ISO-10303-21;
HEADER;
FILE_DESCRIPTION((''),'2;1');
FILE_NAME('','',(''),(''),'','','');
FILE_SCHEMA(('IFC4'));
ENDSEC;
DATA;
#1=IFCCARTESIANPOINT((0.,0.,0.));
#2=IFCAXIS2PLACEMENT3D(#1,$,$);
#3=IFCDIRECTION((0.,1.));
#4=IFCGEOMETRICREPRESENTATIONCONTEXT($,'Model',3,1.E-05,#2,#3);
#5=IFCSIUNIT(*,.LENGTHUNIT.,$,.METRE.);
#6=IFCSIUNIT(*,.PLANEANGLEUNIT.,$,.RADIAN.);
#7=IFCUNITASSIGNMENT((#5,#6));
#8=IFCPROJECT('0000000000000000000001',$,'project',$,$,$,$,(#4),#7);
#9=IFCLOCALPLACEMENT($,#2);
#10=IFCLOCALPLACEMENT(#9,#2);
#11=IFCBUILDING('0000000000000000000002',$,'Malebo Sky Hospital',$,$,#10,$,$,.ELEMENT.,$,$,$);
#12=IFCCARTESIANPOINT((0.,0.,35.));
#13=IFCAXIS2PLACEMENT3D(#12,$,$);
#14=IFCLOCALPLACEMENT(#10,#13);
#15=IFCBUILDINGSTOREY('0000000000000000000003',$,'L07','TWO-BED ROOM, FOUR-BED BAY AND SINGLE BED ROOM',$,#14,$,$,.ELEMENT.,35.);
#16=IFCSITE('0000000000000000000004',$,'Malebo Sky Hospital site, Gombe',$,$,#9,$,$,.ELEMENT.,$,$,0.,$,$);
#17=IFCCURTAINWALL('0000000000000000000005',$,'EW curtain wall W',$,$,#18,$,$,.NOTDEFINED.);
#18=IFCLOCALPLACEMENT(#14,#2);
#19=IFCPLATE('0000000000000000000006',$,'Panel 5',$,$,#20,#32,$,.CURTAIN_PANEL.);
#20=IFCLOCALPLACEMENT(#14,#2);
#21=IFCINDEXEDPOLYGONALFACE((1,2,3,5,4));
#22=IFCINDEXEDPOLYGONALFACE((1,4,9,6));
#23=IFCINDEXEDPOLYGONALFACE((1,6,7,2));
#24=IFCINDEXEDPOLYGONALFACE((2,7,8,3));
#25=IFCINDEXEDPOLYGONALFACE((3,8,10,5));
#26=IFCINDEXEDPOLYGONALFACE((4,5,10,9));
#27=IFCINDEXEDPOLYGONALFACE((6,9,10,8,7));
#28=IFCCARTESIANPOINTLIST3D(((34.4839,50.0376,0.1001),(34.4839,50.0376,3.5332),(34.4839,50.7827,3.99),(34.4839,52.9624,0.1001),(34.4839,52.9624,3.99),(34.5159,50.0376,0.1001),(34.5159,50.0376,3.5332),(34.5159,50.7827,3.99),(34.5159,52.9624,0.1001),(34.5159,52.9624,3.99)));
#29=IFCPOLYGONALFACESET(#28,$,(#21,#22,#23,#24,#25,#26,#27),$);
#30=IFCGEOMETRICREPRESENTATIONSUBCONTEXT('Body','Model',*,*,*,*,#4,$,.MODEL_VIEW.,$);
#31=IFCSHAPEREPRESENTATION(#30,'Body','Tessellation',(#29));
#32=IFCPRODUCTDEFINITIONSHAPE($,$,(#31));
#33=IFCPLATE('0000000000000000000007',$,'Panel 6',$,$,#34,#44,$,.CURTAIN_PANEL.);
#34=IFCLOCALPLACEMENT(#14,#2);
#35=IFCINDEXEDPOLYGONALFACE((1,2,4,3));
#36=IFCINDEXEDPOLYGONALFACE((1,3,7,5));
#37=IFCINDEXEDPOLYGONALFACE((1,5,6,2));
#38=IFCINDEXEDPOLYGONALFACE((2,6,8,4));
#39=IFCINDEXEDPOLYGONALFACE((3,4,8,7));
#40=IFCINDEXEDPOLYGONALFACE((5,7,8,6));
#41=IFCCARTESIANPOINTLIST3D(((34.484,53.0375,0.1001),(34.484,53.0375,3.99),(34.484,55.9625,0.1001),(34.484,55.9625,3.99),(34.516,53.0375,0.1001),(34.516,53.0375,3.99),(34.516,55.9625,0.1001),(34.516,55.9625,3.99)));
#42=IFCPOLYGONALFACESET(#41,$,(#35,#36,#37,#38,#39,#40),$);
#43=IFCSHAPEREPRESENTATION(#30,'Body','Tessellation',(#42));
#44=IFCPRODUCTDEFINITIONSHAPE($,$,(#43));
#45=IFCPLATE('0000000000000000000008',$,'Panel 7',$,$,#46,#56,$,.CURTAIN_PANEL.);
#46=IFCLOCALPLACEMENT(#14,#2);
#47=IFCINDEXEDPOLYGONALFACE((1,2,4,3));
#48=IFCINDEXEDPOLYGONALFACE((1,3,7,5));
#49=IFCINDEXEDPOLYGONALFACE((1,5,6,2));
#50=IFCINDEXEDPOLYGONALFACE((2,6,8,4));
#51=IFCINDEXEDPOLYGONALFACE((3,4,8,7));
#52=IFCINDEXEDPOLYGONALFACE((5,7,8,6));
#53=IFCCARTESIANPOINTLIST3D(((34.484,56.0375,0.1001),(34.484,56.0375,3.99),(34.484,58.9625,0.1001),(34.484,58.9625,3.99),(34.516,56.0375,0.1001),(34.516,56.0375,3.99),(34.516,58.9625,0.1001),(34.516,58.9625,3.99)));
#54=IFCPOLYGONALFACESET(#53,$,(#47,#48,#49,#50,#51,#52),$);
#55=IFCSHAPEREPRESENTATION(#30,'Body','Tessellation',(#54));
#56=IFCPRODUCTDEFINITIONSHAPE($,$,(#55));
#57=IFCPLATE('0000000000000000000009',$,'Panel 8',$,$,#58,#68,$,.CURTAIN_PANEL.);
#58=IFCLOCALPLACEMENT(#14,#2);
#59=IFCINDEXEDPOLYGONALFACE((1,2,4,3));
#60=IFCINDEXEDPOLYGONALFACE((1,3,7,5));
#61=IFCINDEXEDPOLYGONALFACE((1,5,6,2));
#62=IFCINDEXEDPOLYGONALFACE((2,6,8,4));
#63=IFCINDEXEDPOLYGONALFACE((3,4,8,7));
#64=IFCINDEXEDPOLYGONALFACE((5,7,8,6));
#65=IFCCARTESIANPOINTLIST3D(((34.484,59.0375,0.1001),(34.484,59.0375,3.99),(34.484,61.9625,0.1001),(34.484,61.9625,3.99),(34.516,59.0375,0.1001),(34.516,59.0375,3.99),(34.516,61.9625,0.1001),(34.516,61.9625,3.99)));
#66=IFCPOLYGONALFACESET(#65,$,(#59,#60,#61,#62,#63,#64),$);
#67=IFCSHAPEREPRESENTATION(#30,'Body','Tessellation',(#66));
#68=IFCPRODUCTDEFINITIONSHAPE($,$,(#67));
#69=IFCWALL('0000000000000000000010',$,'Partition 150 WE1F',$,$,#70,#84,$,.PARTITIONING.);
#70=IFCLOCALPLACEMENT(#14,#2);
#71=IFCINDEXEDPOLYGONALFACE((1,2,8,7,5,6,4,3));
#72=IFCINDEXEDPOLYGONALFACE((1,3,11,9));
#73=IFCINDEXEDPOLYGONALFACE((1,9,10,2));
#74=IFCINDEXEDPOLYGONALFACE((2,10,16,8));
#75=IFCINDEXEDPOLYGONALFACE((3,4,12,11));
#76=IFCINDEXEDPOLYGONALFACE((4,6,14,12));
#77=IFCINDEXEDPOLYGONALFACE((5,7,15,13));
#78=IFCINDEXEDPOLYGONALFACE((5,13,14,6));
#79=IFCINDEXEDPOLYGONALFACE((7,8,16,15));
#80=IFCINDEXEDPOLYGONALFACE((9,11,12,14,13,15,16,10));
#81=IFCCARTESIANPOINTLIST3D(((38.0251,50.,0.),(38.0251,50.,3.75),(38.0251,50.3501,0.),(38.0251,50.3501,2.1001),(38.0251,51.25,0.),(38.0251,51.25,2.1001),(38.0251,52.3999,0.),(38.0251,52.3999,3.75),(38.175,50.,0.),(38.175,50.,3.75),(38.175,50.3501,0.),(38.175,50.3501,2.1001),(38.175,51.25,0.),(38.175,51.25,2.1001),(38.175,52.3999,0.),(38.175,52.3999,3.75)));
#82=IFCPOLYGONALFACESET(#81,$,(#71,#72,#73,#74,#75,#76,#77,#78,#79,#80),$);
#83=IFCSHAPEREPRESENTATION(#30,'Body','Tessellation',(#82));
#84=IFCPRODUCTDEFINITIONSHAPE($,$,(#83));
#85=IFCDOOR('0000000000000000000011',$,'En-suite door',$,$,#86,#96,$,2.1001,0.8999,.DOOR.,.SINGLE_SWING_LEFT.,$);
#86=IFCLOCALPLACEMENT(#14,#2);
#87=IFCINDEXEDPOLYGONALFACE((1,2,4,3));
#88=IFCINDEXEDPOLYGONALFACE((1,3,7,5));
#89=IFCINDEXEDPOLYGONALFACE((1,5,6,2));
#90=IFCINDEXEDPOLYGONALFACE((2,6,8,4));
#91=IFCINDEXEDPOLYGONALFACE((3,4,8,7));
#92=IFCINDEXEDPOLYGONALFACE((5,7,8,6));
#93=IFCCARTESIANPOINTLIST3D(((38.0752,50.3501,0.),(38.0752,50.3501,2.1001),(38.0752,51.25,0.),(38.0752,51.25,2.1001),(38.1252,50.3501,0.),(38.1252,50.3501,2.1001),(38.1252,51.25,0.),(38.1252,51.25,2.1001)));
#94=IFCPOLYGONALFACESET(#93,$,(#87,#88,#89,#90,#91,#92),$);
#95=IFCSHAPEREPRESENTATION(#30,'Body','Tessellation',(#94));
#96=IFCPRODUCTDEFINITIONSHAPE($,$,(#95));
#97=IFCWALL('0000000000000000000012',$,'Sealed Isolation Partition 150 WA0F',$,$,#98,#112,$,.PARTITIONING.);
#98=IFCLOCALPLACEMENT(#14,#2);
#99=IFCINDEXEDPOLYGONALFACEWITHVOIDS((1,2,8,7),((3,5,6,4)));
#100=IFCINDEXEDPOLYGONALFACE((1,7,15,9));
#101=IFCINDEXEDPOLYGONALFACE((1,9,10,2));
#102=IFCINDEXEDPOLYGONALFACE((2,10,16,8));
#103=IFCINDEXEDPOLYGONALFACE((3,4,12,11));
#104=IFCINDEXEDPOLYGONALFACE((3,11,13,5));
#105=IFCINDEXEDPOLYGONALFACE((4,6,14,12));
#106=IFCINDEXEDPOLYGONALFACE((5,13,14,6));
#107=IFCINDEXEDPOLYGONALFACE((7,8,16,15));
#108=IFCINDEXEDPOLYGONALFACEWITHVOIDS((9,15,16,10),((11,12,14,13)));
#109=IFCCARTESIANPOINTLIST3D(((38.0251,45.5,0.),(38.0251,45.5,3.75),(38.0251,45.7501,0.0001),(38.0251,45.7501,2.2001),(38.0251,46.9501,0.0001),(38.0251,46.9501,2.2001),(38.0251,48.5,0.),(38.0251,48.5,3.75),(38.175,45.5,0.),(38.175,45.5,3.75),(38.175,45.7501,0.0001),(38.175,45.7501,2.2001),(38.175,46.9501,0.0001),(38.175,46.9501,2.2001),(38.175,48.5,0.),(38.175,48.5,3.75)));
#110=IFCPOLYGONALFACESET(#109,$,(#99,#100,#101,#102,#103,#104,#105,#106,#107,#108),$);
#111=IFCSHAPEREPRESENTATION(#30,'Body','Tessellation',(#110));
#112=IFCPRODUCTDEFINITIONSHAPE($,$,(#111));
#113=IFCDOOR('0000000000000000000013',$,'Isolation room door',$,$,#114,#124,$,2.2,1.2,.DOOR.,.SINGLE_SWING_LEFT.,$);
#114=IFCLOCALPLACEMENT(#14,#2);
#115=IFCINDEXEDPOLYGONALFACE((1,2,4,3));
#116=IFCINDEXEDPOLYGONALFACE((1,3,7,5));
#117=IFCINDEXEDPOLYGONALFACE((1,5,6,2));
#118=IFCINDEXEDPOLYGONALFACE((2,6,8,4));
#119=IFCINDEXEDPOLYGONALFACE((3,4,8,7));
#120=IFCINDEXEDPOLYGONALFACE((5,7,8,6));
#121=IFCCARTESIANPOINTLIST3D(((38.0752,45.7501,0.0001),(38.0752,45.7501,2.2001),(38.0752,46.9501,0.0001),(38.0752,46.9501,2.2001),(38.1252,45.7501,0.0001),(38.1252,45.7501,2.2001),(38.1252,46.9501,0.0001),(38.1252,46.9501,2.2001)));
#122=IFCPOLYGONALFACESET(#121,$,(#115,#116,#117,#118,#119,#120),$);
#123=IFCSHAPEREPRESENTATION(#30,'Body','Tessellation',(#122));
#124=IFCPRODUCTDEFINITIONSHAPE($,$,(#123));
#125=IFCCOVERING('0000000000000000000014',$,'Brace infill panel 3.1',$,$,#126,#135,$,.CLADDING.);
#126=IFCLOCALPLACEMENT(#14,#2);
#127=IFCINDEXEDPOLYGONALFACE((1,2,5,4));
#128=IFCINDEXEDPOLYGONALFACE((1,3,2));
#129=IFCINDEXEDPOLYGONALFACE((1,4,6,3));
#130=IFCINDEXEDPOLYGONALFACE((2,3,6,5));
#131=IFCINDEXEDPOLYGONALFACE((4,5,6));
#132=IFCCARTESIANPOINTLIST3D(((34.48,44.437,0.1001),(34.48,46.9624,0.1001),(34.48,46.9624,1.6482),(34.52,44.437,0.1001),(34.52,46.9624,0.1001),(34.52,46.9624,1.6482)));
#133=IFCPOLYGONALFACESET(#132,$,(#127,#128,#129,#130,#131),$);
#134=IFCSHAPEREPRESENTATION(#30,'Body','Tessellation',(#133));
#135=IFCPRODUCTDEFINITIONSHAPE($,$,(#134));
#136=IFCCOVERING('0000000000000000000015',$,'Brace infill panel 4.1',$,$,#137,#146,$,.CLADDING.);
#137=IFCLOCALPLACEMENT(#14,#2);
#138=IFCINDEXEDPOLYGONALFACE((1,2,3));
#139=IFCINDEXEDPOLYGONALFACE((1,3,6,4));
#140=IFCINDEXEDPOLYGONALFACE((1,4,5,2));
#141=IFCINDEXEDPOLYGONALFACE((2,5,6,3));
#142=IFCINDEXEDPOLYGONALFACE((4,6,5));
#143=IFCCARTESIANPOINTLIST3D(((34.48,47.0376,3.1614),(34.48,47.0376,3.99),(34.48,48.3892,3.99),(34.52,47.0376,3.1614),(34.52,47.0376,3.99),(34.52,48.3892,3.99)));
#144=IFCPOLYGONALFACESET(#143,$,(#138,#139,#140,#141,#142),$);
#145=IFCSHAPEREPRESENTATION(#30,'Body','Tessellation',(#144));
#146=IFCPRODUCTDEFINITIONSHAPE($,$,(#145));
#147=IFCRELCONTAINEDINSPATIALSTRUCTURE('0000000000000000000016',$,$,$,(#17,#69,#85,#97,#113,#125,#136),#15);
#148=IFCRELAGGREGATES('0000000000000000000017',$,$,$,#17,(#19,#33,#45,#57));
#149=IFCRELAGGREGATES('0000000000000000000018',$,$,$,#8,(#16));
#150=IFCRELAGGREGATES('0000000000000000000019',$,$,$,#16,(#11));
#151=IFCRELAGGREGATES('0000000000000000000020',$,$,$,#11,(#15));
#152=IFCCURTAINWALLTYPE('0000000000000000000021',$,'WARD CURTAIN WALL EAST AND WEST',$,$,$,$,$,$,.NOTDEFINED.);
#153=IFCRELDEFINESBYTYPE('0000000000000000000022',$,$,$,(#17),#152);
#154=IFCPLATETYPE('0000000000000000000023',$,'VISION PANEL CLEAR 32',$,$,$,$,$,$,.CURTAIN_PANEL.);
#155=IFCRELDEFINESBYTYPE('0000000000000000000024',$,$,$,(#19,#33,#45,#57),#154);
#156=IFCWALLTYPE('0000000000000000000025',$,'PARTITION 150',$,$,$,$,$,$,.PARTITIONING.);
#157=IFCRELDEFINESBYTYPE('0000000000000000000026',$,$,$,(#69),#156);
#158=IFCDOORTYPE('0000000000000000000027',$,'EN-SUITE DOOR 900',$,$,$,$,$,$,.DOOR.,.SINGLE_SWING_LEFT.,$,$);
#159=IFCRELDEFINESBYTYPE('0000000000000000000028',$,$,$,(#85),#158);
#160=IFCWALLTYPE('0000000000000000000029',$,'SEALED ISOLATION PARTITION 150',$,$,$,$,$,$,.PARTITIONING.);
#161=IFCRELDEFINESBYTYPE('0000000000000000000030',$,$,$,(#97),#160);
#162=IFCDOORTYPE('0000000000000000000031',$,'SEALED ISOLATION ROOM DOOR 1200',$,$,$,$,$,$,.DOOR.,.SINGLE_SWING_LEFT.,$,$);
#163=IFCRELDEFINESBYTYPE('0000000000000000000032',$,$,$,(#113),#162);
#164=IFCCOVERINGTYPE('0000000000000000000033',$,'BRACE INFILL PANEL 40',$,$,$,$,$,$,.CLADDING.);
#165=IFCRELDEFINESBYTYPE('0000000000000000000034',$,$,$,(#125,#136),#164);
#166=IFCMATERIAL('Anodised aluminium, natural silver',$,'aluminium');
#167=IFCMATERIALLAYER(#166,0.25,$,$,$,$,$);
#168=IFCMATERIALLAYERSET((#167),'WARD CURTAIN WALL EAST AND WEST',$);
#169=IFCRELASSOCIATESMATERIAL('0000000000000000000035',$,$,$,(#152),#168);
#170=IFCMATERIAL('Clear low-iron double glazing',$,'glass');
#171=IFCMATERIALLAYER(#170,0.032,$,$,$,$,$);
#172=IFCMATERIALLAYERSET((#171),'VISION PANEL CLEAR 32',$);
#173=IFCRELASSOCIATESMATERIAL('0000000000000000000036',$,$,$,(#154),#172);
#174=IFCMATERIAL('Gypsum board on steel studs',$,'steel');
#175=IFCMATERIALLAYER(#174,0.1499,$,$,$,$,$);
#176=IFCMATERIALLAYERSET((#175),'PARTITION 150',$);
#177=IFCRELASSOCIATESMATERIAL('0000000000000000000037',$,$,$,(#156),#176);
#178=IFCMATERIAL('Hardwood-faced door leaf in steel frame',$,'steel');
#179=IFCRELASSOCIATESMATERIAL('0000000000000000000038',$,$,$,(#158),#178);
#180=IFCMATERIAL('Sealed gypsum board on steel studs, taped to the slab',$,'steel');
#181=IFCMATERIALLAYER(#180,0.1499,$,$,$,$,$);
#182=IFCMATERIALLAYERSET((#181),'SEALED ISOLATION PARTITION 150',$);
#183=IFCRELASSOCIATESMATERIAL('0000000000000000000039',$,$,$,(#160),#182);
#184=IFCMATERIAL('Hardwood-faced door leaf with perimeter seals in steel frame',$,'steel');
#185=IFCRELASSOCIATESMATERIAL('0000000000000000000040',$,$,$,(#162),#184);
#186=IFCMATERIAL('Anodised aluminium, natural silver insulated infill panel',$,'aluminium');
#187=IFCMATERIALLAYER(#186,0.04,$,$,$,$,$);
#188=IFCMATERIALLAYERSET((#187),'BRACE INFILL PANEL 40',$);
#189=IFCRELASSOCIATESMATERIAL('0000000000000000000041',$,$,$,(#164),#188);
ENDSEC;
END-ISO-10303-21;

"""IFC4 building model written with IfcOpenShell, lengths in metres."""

from ifc_helpers import new_model, si_unit, direction, frame, frame_2d, origin, origin_2d, place, context, subcontext, project, spatial, polyline, rectangle, outline, extrude, material, layer, layer_set, type_object, element, fill, aggregate, save


model = new_model("IFC4")

# Units and contexts
model_context = context("Model", 3, precision=1e-05, world=origin(), true_north=direction((0.0, 1.0)))
body_context = subcontext(model_context, "Body", "Model", "MODEL_VIEW")
ifc_project = project(units=[si_unit("LENGTHUNIT", "METRE"), si_unit("PLANEANGLEUNIT", "RADIAN")], contexts=[model_context])

# Site, building, storey
site_placement = place(None, origin())
site = spatial("IfcSite", under=ifc_project, at=site_placement, Name="Malebo Sky Hospital site, Gombe", CompositionType="ELEMENT", RefElevation=0.0)
building_placement = place(site_placement, origin())
building = spatial("IfcBuilding", under=site, at=building_placement, Name="Malebo Sky Hospital", CompositionType="ELEMENT")
storey_placement = place(building_placement, frame((0.0, 0.0, 35.0)))
storey = spatial("IfcBuildingStorey", under=building, at=storey_placement, Name="L07", Description="TWO-BED ROOM, FOUR-BED BAY AND SINGLE BED ROOM", CompositionType="ELEMENT", Elevation=35.0)

# Curtain wall
ifc_material_1 = material(Name="Anodised aluminium, natural silver", Category="aluminium")
ifc_layer_1 = layer(ifc_material_1, 0.25)
ifc_layer_set_1 = layer_set([ifc_layer_1], Name="WARD CURTAIN WALL EAST AND WEST")
curtain_wall_type = type_object("IfcCurtainWallType", Name="WARD CURTAIN WALL EAST AND WEST", PredefinedType="NOTDEFINED", material=ifc_layer_set_1)
curtain_wall_placement = place(storey_placement, origin())
curtain_wall = element("IfcCurtainWall", 1, at=curtain_wall_placement, inside=storey, type_object=curtain_wall_type, Name="EW curtain wall W", PredefinedType="NOTDEFINED")

# Plates
ifc_material_2 = material(Name="Clear low-iron double glazing", Category="glass")
ifc_layer_2 = layer(ifc_material_2, 0.032)
ifc_layer_set_2 = layer_set([ifc_layer_2], Name="VISION PANEL CLEAR 32")
plate_type = type_object("IfcPlateType", Name="VISION PANEL CLEAR 32", PredefinedType="CURTAIN_PANEL", material=ifc_layer_set_2)
plate_1_placement = place(storey_placement, frame((34.5, 51.5, 0.1001), z_axis=(0.0, 0.0, 1.0), x_axis=(0.0, 1.0, 0.0)))
plate_1 = element("IfcPlate", 2, at=plate_1_placement, type_object=plate_type, Name="Panel 5", PredefinedType="CURTAIN_PANEL", context=body_context, shape_type="SweptSolid", body=[
    extrude(outline(polyline([(-1.4624, 0.0), (1.4624, 0.0), (1.4624, 3.8899), (-0.7173, 3.8899), (-1.4624, 3.4331), (-1.4624, 0.0)])), frame((0.0, 0.0161, 0.0), z_axis=(0.0, -1.0, 0.0), x_axis=(1.0, 0.0, 0.0)), (0.0, 0.0, 1.0), 0.032),
])
plate_2_placement = place(storey_placement, frame((34.5, 54.5, 0.1001), z_axis=(0.0, 0.0, 1.0), x_axis=(0.0, 1.0, 0.0)))
plate_2 = element("IfcPlate", 3, at=plate_2_placement, type_object=plate_type, Name="Panel 6", PredefinedType="CURTAIN_PANEL", context=body_context, shape_type="SweptSolid", body=[
    extrude(rectangle(XDim=2.925, YDim=0.032, at=origin_2d()), origin(), (0.0, 0.0, 1.0), 3.8899),
])
plate_3_placement = place(storey_placement, frame((34.5, 57.5, 0.1001), z_axis=(0.0, 0.0, 1.0), x_axis=(0.0, 1.0, 0.0)))
plate_3 = element("IfcPlate", 4, at=plate_3_placement, type_object=plate_type, Name="Panel 7", PredefinedType="CURTAIN_PANEL", context=body_context, shape_type="SweptSolid", body=[
    extrude(rectangle(XDim=2.925, YDim=0.032, at=origin_2d()), origin(), (0.0, 0.0, 1.0), 3.8899),
])
plate_4_placement = place(storey_placement, frame((34.5, 60.5, 0.1001), z_axis=(0.0, 0.0, 1.0), x_axis=(0.0, 1.0, 0.0)))
plate_4 = element("IfcPlate", 5, at=plate_4_placement, type_object=plate_type, Name="Panel 8", PredefinedType="CURTAIN_PANEL", context=body_context, shape_type="SweptSolid", body=[
    extrude(rectangle(XDim=2.925, YDim=0.032, at=origin_2d()), origin(), (0.0, 0.0, 1.0), 3.8899),
])
aggregate(curtain_wall, [plate_1, plate_2, plate_3, plate_4])

# Walls, openings, doors
ifc_material_3 = material(Name="Gypsum board on steel studs", Category="steel")
ifc_layer_3 = layer(ifc_material_3, 0.1499)
ifc_layer_set_3 = layer_set([ifc_layer_3], Name="PARTITION 150")
wall_type_1 = type_object("IfcWallType", Name="PARTITION 150", PredefinedType="PARTITIONING", material=ifc_layer_set_3)
wall_1_placement = place(storey_placement, frame((38.1001, 50.0, 0.0), z_axis=(0.0, 0.0, 1.0), x_axis=(0.0, 1.0, 0.0)))
wall_1 = element("IfcWall", 6, at=wall_1_placement, inside=storey, type_object=wall_type_1, Name="Partition 150 WE1F", PredefinedType="PARTITIONING", context=body_context, shape_type="SweptSolid", body=[
    extrude(rectangle(XDim=2.3999, YDim=0.1499, at=frame_2d((1.2, 0.0))), origin(), (0.0, 0.0, 1.0), 3.75),
])
opening_1_placement = place(wall_1_placement, frame((0.3501, 0.0, 0.0)))
opening_1 = element("IfcOpeningElement", 7, at=opening_1_placement, cuts=wall_1, PredefinedType="OPENING", context=body_context, shape_type="SweptSolid", body=[
    extrude(rectangle(XDim=0.8999, YDim=2.1001, at=frame_2d((0.45, 1.05))), frame((0.0, 0.085, 0.0), z_axis=(0.0, -1.0, 0.0), x_axis=(1.0, 0.0, 0.0)), (0.0, 0.0, 1.0), 0.1699),
])
ifc_material_4 = material(Name="Hardwood-faced door leaf in steel frame", Category="steel")
door_type_1 = type_object("IfcDoorType", Name="EN-SUITE DOOR 900", OperationType="SINGLE_SWING_LEFT", PredefinedType="DOOR", material=ifc_material_4)
door_1_placement = place(opening_1_placement, origin())
door_1 = element("IfcDoor", 8, at=door_1_placement, inside=storey, type_object=door_type_1, Name="En-suite door", OperationType="SINGLE_SWING_LEFT", OverallHeight=2.1001, OverallWidth=0.8999, PredefinedType="DOOR", context=body_context, shape_type="SweptSolid", body=[
    extrude(rectangle(XDim=0.8999, YDim=2.1001, at=frame_2d((0.45, 1.05))), frame((0.0, 0.0249, 0.0), z_axis=(0.0, -1.0, 0.0), x_axis=(1.0, 0.0, 0.0)), (0.0, 0.0, 1.0), 0.05),
])
fill(opening_1, door_1)
ifc_material_5 = material(Name="Sealed gypsum board on steel studs, taped to the slab", Category="steel")
ifc_layer_4 = layer(ifc_material_5, 0.1499)
ifc_layer_set_4 = layer_set([ifc_layer_4], Name="SEALED ISOLATION PARTITION 150")
wall_type_2 = type_object("IfcWallType", Name="SEALED ISOLATION PARTITION 150", PredefinedType="PARTITIONING", material=ifc_layer_set_4)
wall_2_placement = place(storey_placement, frame((38.1001, 45.5, 0.0), z_axis=(0.0, 0.0, 1.0), x_axis=(0.0, 1.0, 0.0)))
wall_2 = element("IfcWall", 9, at=wall_2_placement, inside=storey, type_object=wall_type_2, Name="Sealed Isolation Partition 150 WA0F", PredefinedType="PARTITIONING", context=body_context, shape_type="SweptSolid", body=[
    extrude(rectangle(XDim=3.0, YDim=0.1499, at=frame_2d((1.5, 0.0))), origin(), (0.0, 0.0, 1.0), 3.75),
])
opening_2_placement = place(wall_2_placement, frame((0.25, 0.0, 0.0)))
opening_2 = element("IfcOpeningElement", 10, at=opening_2_placement, cuts=wall_2, PredefinedType="OPENING", context=body_context, shape_type="SweptSolid", body=[
    extrude(rectangle(XDim=1.2, YDim=2.2, at=frame_2d((0.6001, 1.1001))), frame((0.0, 0.085, 0.0), z_axis=(0.0, -1.0, 0.0), x_axis=(1.0, 0.0, 0.0)), (0.0, 0.0, 1.0), 0.1699),
])
ifc_material_6 = material(Name="Hardwood-faced door leaf with perimeter seals in steel frame", Category="steel")
door_type_2 = type_object("IfcDoorType", Name="SEALED ISOLATION ROOM DOOR 1200", OperationType="SINGLE_SWING_LEFT", PredefinedType="DOOR", material=ifc_material_6)
door_2_placement = place(opening_2_placement, origin())
door_2 = element("IfcDoor", 11, at=door_2_placement, inside=storey, type_object=door_type_2, Name="Isolation room door", OperationType="SINGLE_SWING_LEFT", OverallHeight=2.2, OverallWidth=1.2, PredefinedType="DOOR", context=body_context, shape_type="SweptSolid", body=[
    extrude(rectangle(XDim=1.2, YDim=2.2, at=frame_2d((0.6001, 1.1001))), frame((0.0, 0.0249, 0.0), z_axis=(0.0, -1.0, 0.0), x_axis=(1.0, 0.0, 0.0)), (0.0, 0.0, 1.0), 0.05),
])
fill(opening_2, door_2)

# Coverings
ifc_material_7 = material(Name="Anodised aluminium, natural silver insulated infill panel", Category="aluminium")
ifc_layer_5 = layer(ifc_material_7, 0.04)
ifc_layer_set_5 = layer_set([ifc_layer_5], Name="BRACE INFILL PANEL 40")
covering_type = type_object("IfcCoveringType", Name="BRACE INFILL PANEL 40", PredefinedType="CLADDING", material=ifc_layer_set_5)
covering_1_placement = place(storey_placement, frame((34.5, 45.6997, 0.1001), z_axis=(0.0, 0.0, 1.0), x_axis=(0.0, 1.0, 0.0)))
element("IfcCovering", 12, at=covering_1_placement, inside=storey, type_object=covering_type, Name="Brace infill panel 3.1", PredefinedType="CLADDING", context=body_context, shape_type="SweptSolid", body=[
    extrude(outline(polyline([(-1.2627, 0.0), (1.2627, 0.0), (1.2627, 1.5481), (-1.2627, 0.0)])), frame((0.0, 0.02, 0.0), z_axis=(0.0, -1.0, 0.0), x_axis=(1.0, 0.0, 0.0)), (0.0, 0.0, 1.0), 0.04),
])
covering_2_placement = place(storey_placement, frame((34.5, 47.7134, 3.1614), z_axis=(0.0, 0.0, 1.0), x_axis=(0.0, 1.0, 0.0)))
element("IfcCovering", 13, at=covering_2_placement, inside=storey, type_object=covering_type, Name="Brace infill panel 4.1", PredefinedType="CLADDING", context=body_context, shape_type="SweptSolid", body=[
    extrude(outline(polyline([(-0.6758, 0.0), (0.6758, 0.8286), (-0.6758, 0.8286), (-0.6758, 0.0)])), frame((0.0, 0.02, 0.0), z_axis=(0.0, -1.0, 0.0), x_axis=(1.0, 0.0, 0.0)), (0.0, 0.0, 1.0), 0.04),
])

save(model, "model.ifc")
